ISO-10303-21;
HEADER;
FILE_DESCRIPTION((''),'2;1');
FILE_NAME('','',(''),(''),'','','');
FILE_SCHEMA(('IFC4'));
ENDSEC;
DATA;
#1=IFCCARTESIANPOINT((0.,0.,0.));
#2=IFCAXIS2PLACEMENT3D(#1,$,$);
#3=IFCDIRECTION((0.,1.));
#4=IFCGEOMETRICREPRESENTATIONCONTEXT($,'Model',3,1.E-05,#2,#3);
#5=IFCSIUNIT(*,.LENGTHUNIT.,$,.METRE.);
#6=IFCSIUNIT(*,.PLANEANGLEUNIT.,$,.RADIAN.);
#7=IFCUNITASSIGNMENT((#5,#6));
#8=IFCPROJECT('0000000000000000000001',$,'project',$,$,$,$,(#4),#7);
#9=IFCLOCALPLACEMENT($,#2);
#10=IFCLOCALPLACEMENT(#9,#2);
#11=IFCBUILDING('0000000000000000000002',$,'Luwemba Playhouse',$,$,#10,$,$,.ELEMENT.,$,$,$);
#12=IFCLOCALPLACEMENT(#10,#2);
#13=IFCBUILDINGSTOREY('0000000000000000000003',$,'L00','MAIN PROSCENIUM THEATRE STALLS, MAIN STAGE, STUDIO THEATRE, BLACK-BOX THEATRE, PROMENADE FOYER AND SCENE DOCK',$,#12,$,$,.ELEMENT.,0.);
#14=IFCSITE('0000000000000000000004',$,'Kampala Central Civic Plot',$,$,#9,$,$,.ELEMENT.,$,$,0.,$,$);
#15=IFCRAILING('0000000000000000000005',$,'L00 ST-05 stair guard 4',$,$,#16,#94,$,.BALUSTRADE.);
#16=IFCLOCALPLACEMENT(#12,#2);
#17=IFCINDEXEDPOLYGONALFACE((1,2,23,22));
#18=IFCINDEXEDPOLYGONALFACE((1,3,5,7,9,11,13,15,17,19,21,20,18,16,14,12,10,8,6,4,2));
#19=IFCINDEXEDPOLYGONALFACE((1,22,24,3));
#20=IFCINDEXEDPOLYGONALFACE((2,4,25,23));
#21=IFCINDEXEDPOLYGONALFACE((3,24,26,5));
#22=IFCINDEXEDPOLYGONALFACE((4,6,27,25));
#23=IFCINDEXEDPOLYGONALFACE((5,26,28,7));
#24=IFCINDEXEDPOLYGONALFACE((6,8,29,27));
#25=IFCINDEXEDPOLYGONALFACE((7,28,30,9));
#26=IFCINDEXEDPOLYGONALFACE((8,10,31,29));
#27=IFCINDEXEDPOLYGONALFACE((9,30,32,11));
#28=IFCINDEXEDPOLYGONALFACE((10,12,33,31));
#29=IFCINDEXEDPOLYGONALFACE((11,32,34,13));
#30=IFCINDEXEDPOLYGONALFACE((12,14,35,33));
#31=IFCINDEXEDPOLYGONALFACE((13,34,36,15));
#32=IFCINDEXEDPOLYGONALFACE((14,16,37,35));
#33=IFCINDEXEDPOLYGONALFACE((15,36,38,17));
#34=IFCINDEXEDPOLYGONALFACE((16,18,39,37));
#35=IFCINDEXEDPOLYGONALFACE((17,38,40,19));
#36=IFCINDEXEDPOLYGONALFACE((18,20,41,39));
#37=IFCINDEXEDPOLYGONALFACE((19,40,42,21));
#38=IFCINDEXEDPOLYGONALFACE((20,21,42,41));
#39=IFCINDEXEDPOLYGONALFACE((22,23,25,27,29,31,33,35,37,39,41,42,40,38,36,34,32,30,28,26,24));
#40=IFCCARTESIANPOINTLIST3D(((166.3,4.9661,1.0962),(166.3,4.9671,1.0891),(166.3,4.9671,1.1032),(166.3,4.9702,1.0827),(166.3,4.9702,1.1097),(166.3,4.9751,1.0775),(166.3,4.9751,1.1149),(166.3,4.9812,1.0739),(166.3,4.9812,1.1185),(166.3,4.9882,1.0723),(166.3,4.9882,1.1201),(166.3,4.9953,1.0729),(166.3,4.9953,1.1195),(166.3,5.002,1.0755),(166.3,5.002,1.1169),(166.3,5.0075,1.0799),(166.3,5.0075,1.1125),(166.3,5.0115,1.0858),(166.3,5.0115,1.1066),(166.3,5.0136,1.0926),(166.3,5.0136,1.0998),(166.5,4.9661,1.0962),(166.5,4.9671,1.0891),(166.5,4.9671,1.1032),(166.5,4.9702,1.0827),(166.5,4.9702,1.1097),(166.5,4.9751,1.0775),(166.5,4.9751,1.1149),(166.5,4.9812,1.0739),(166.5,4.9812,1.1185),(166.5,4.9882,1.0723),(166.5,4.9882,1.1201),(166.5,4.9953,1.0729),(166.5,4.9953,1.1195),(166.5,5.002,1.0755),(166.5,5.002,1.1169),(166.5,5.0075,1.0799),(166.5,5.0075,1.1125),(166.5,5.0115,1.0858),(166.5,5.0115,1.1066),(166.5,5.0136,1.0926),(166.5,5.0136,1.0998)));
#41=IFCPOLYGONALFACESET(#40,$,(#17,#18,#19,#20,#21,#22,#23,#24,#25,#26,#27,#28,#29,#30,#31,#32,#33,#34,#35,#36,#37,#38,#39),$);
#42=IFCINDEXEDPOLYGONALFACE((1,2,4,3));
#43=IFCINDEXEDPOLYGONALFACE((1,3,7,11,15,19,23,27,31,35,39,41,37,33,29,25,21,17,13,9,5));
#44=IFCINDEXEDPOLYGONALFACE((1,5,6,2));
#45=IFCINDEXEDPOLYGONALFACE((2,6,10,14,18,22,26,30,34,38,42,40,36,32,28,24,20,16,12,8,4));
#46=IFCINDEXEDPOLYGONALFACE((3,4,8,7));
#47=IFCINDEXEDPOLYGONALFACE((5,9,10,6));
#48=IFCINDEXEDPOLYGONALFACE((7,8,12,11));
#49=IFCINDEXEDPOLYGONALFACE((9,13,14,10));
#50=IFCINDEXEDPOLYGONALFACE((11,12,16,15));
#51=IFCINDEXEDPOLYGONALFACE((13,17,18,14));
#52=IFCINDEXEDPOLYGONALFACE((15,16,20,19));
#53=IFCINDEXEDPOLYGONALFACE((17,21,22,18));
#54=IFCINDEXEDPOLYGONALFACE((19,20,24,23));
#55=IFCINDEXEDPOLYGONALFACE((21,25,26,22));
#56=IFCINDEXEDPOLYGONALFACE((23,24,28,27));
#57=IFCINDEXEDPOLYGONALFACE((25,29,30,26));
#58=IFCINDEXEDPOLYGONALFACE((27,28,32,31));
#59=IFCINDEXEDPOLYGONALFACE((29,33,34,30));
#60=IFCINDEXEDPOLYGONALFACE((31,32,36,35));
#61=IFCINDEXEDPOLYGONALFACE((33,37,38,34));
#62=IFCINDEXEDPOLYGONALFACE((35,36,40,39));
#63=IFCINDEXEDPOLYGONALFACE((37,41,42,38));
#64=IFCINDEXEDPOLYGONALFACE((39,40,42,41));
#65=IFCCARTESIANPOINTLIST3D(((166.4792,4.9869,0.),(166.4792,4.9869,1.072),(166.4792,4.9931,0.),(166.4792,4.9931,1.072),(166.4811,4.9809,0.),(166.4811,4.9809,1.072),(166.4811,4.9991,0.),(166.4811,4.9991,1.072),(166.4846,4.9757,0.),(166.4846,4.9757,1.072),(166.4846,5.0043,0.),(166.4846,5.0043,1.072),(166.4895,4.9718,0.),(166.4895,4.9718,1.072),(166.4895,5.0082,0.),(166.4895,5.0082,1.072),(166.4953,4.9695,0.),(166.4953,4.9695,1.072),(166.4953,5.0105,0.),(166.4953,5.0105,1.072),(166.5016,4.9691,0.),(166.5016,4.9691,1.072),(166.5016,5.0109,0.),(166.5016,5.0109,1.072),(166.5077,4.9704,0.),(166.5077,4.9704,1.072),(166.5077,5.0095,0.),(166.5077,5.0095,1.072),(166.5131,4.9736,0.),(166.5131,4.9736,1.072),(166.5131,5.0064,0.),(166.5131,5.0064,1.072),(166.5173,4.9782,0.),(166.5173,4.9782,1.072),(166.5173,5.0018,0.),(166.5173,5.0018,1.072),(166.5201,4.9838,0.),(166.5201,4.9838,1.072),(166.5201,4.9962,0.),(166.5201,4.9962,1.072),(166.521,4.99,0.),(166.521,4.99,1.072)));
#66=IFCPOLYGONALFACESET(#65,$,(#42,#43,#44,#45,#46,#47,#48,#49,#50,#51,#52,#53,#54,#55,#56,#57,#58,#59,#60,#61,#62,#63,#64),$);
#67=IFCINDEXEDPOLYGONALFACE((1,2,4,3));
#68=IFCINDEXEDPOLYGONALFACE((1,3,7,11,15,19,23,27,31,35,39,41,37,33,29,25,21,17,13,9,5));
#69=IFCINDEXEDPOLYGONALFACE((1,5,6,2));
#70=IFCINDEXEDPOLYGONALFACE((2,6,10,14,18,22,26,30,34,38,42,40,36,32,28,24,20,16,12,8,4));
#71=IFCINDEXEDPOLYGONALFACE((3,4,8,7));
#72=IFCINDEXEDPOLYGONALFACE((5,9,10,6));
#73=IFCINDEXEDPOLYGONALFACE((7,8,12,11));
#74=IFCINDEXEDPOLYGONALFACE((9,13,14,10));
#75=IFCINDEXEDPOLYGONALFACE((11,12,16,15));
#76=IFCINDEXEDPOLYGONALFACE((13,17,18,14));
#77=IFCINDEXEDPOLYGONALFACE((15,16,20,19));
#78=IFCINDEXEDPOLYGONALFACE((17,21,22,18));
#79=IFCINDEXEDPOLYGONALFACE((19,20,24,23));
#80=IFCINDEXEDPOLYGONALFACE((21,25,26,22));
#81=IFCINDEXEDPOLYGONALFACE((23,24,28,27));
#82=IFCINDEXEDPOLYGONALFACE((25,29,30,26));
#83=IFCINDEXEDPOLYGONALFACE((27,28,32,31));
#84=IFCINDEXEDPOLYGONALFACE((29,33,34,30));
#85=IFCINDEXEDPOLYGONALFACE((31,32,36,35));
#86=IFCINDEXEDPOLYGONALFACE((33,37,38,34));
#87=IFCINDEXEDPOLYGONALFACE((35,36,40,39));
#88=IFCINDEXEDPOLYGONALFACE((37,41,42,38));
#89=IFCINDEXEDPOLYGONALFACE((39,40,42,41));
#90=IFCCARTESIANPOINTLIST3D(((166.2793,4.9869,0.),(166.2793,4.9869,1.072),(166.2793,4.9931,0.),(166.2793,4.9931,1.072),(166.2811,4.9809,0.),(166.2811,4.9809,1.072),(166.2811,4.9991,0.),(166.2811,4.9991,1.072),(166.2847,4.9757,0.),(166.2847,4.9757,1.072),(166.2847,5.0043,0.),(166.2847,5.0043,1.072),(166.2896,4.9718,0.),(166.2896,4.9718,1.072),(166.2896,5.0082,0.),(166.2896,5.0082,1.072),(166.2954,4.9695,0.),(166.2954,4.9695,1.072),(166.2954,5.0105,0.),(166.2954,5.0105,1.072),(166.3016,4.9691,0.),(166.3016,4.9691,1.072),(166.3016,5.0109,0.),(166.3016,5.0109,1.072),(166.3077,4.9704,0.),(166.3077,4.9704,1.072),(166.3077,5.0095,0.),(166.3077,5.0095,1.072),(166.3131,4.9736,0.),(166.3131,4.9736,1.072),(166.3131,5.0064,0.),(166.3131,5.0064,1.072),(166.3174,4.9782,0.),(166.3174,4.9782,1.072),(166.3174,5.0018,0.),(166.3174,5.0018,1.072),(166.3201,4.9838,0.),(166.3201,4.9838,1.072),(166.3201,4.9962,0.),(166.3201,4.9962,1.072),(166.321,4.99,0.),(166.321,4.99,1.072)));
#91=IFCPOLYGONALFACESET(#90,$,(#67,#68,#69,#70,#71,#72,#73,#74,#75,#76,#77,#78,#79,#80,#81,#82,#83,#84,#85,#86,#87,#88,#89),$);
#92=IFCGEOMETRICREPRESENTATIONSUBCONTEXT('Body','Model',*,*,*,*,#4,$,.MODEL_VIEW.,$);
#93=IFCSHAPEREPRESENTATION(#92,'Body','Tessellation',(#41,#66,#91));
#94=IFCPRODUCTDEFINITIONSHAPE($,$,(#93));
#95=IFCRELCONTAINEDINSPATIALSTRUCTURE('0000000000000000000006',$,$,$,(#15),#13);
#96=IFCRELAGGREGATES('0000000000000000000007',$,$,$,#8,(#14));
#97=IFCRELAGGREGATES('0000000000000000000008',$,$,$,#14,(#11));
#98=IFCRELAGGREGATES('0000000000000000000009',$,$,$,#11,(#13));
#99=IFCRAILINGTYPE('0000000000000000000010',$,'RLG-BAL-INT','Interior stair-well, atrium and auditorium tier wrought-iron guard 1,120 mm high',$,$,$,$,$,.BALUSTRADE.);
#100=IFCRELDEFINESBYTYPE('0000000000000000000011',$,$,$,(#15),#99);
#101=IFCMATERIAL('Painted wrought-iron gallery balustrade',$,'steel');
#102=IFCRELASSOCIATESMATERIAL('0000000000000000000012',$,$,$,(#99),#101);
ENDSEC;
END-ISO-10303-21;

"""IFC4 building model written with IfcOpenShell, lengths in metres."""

from ifc_helpers import new_model, si_unit, direction, frame, origin, origin_2d, place, context, subcontext, project, spatial, circle, extrude, material, type_object, element, save


model = new_model("IFC4")

# Units and contexts
model_context = context("Model", 3, precision=1e-05, world=origin(), true_north=direction((0.0, 1.0)))
body_context = subcontext(model_context, "Body", "Model", "MODEL_VIEW")
ifc_project = project(units=[si_unit("LENGTHUNIT", "METRE"), si_unit("PLANEANGLEUNIT", "RADIAN")], contexts=[model_context])

# Site, building, storey
site_placement = place(None, origin())
site = spatial("IfcSite", under=ifc_project, at=site_placement, Name="Kampala Central Civic Plot", CompositionType="ELEMENT", RefElevation=0.0)
building_placement = place(site_placement, origin())
building = spatial("IfcBuilding", under=site, at=building_placement, Name="Luwemba Playhouse", CompositionType="ELEMENT")
storey_placement = place(building_placement, origin())
storey = spatial("IfcBuildingStorey", under=building, at=storey_placement, Name="L00", Description="MAIN PROSCENIUM THEATRE STALLS, MAIN STAGE, STUDIO THEATRE, BLACK-BOX THEATRE, PROMENADE FOYER AND SCENE DOCK", CompositionType="ELEMENT", Elevation=0.0)

# Railing
ifc_material_1 = material(Name="Painted wrought-iron gallery balustrade", Category="steel")
railing_type_1 = type_object("IfcRailingType", Name="RLG-BAL-INT", Description="Interior stair-well, atrium and auditorium tier wrought-iron guard 1,120 mm high", PredefinedType="BALUSTRADE", material=ifc_material_1)
railing_1_placement = place(storey_placement, frame((166.5, 4.99, 0.0)))
element("IfcRailing", 1, at=railing_1_placement, inside=storey, type_object=railing_type_1, Name="L00 ST-05 stair guard 4", PredefinedType="BALUSTRADE", context=body_context, shape_type="SweptSolid", body=[
    extrude(circle(Radius=0.0239, at=origin_2d()), frame((0.0, 0.0, 1.0962), z_axis=(-1.0, 0.0, 0.0), x_axis=(0.0, -1.0, 0.0)), (0.0, 0.0, 1.0), 0.2),
    extrude(circle(Radius=0.021, at=origin_2d()), origin(), (0.0, 0.0, 1.0), 1.072),
    extrude(circle(Radius=0.021, at=origin_2d()), frame((-0.2, 0.0, 0.0)), (0.0, 0.0, 1.0), 1.072),
])

save(model, "model.ifc")
